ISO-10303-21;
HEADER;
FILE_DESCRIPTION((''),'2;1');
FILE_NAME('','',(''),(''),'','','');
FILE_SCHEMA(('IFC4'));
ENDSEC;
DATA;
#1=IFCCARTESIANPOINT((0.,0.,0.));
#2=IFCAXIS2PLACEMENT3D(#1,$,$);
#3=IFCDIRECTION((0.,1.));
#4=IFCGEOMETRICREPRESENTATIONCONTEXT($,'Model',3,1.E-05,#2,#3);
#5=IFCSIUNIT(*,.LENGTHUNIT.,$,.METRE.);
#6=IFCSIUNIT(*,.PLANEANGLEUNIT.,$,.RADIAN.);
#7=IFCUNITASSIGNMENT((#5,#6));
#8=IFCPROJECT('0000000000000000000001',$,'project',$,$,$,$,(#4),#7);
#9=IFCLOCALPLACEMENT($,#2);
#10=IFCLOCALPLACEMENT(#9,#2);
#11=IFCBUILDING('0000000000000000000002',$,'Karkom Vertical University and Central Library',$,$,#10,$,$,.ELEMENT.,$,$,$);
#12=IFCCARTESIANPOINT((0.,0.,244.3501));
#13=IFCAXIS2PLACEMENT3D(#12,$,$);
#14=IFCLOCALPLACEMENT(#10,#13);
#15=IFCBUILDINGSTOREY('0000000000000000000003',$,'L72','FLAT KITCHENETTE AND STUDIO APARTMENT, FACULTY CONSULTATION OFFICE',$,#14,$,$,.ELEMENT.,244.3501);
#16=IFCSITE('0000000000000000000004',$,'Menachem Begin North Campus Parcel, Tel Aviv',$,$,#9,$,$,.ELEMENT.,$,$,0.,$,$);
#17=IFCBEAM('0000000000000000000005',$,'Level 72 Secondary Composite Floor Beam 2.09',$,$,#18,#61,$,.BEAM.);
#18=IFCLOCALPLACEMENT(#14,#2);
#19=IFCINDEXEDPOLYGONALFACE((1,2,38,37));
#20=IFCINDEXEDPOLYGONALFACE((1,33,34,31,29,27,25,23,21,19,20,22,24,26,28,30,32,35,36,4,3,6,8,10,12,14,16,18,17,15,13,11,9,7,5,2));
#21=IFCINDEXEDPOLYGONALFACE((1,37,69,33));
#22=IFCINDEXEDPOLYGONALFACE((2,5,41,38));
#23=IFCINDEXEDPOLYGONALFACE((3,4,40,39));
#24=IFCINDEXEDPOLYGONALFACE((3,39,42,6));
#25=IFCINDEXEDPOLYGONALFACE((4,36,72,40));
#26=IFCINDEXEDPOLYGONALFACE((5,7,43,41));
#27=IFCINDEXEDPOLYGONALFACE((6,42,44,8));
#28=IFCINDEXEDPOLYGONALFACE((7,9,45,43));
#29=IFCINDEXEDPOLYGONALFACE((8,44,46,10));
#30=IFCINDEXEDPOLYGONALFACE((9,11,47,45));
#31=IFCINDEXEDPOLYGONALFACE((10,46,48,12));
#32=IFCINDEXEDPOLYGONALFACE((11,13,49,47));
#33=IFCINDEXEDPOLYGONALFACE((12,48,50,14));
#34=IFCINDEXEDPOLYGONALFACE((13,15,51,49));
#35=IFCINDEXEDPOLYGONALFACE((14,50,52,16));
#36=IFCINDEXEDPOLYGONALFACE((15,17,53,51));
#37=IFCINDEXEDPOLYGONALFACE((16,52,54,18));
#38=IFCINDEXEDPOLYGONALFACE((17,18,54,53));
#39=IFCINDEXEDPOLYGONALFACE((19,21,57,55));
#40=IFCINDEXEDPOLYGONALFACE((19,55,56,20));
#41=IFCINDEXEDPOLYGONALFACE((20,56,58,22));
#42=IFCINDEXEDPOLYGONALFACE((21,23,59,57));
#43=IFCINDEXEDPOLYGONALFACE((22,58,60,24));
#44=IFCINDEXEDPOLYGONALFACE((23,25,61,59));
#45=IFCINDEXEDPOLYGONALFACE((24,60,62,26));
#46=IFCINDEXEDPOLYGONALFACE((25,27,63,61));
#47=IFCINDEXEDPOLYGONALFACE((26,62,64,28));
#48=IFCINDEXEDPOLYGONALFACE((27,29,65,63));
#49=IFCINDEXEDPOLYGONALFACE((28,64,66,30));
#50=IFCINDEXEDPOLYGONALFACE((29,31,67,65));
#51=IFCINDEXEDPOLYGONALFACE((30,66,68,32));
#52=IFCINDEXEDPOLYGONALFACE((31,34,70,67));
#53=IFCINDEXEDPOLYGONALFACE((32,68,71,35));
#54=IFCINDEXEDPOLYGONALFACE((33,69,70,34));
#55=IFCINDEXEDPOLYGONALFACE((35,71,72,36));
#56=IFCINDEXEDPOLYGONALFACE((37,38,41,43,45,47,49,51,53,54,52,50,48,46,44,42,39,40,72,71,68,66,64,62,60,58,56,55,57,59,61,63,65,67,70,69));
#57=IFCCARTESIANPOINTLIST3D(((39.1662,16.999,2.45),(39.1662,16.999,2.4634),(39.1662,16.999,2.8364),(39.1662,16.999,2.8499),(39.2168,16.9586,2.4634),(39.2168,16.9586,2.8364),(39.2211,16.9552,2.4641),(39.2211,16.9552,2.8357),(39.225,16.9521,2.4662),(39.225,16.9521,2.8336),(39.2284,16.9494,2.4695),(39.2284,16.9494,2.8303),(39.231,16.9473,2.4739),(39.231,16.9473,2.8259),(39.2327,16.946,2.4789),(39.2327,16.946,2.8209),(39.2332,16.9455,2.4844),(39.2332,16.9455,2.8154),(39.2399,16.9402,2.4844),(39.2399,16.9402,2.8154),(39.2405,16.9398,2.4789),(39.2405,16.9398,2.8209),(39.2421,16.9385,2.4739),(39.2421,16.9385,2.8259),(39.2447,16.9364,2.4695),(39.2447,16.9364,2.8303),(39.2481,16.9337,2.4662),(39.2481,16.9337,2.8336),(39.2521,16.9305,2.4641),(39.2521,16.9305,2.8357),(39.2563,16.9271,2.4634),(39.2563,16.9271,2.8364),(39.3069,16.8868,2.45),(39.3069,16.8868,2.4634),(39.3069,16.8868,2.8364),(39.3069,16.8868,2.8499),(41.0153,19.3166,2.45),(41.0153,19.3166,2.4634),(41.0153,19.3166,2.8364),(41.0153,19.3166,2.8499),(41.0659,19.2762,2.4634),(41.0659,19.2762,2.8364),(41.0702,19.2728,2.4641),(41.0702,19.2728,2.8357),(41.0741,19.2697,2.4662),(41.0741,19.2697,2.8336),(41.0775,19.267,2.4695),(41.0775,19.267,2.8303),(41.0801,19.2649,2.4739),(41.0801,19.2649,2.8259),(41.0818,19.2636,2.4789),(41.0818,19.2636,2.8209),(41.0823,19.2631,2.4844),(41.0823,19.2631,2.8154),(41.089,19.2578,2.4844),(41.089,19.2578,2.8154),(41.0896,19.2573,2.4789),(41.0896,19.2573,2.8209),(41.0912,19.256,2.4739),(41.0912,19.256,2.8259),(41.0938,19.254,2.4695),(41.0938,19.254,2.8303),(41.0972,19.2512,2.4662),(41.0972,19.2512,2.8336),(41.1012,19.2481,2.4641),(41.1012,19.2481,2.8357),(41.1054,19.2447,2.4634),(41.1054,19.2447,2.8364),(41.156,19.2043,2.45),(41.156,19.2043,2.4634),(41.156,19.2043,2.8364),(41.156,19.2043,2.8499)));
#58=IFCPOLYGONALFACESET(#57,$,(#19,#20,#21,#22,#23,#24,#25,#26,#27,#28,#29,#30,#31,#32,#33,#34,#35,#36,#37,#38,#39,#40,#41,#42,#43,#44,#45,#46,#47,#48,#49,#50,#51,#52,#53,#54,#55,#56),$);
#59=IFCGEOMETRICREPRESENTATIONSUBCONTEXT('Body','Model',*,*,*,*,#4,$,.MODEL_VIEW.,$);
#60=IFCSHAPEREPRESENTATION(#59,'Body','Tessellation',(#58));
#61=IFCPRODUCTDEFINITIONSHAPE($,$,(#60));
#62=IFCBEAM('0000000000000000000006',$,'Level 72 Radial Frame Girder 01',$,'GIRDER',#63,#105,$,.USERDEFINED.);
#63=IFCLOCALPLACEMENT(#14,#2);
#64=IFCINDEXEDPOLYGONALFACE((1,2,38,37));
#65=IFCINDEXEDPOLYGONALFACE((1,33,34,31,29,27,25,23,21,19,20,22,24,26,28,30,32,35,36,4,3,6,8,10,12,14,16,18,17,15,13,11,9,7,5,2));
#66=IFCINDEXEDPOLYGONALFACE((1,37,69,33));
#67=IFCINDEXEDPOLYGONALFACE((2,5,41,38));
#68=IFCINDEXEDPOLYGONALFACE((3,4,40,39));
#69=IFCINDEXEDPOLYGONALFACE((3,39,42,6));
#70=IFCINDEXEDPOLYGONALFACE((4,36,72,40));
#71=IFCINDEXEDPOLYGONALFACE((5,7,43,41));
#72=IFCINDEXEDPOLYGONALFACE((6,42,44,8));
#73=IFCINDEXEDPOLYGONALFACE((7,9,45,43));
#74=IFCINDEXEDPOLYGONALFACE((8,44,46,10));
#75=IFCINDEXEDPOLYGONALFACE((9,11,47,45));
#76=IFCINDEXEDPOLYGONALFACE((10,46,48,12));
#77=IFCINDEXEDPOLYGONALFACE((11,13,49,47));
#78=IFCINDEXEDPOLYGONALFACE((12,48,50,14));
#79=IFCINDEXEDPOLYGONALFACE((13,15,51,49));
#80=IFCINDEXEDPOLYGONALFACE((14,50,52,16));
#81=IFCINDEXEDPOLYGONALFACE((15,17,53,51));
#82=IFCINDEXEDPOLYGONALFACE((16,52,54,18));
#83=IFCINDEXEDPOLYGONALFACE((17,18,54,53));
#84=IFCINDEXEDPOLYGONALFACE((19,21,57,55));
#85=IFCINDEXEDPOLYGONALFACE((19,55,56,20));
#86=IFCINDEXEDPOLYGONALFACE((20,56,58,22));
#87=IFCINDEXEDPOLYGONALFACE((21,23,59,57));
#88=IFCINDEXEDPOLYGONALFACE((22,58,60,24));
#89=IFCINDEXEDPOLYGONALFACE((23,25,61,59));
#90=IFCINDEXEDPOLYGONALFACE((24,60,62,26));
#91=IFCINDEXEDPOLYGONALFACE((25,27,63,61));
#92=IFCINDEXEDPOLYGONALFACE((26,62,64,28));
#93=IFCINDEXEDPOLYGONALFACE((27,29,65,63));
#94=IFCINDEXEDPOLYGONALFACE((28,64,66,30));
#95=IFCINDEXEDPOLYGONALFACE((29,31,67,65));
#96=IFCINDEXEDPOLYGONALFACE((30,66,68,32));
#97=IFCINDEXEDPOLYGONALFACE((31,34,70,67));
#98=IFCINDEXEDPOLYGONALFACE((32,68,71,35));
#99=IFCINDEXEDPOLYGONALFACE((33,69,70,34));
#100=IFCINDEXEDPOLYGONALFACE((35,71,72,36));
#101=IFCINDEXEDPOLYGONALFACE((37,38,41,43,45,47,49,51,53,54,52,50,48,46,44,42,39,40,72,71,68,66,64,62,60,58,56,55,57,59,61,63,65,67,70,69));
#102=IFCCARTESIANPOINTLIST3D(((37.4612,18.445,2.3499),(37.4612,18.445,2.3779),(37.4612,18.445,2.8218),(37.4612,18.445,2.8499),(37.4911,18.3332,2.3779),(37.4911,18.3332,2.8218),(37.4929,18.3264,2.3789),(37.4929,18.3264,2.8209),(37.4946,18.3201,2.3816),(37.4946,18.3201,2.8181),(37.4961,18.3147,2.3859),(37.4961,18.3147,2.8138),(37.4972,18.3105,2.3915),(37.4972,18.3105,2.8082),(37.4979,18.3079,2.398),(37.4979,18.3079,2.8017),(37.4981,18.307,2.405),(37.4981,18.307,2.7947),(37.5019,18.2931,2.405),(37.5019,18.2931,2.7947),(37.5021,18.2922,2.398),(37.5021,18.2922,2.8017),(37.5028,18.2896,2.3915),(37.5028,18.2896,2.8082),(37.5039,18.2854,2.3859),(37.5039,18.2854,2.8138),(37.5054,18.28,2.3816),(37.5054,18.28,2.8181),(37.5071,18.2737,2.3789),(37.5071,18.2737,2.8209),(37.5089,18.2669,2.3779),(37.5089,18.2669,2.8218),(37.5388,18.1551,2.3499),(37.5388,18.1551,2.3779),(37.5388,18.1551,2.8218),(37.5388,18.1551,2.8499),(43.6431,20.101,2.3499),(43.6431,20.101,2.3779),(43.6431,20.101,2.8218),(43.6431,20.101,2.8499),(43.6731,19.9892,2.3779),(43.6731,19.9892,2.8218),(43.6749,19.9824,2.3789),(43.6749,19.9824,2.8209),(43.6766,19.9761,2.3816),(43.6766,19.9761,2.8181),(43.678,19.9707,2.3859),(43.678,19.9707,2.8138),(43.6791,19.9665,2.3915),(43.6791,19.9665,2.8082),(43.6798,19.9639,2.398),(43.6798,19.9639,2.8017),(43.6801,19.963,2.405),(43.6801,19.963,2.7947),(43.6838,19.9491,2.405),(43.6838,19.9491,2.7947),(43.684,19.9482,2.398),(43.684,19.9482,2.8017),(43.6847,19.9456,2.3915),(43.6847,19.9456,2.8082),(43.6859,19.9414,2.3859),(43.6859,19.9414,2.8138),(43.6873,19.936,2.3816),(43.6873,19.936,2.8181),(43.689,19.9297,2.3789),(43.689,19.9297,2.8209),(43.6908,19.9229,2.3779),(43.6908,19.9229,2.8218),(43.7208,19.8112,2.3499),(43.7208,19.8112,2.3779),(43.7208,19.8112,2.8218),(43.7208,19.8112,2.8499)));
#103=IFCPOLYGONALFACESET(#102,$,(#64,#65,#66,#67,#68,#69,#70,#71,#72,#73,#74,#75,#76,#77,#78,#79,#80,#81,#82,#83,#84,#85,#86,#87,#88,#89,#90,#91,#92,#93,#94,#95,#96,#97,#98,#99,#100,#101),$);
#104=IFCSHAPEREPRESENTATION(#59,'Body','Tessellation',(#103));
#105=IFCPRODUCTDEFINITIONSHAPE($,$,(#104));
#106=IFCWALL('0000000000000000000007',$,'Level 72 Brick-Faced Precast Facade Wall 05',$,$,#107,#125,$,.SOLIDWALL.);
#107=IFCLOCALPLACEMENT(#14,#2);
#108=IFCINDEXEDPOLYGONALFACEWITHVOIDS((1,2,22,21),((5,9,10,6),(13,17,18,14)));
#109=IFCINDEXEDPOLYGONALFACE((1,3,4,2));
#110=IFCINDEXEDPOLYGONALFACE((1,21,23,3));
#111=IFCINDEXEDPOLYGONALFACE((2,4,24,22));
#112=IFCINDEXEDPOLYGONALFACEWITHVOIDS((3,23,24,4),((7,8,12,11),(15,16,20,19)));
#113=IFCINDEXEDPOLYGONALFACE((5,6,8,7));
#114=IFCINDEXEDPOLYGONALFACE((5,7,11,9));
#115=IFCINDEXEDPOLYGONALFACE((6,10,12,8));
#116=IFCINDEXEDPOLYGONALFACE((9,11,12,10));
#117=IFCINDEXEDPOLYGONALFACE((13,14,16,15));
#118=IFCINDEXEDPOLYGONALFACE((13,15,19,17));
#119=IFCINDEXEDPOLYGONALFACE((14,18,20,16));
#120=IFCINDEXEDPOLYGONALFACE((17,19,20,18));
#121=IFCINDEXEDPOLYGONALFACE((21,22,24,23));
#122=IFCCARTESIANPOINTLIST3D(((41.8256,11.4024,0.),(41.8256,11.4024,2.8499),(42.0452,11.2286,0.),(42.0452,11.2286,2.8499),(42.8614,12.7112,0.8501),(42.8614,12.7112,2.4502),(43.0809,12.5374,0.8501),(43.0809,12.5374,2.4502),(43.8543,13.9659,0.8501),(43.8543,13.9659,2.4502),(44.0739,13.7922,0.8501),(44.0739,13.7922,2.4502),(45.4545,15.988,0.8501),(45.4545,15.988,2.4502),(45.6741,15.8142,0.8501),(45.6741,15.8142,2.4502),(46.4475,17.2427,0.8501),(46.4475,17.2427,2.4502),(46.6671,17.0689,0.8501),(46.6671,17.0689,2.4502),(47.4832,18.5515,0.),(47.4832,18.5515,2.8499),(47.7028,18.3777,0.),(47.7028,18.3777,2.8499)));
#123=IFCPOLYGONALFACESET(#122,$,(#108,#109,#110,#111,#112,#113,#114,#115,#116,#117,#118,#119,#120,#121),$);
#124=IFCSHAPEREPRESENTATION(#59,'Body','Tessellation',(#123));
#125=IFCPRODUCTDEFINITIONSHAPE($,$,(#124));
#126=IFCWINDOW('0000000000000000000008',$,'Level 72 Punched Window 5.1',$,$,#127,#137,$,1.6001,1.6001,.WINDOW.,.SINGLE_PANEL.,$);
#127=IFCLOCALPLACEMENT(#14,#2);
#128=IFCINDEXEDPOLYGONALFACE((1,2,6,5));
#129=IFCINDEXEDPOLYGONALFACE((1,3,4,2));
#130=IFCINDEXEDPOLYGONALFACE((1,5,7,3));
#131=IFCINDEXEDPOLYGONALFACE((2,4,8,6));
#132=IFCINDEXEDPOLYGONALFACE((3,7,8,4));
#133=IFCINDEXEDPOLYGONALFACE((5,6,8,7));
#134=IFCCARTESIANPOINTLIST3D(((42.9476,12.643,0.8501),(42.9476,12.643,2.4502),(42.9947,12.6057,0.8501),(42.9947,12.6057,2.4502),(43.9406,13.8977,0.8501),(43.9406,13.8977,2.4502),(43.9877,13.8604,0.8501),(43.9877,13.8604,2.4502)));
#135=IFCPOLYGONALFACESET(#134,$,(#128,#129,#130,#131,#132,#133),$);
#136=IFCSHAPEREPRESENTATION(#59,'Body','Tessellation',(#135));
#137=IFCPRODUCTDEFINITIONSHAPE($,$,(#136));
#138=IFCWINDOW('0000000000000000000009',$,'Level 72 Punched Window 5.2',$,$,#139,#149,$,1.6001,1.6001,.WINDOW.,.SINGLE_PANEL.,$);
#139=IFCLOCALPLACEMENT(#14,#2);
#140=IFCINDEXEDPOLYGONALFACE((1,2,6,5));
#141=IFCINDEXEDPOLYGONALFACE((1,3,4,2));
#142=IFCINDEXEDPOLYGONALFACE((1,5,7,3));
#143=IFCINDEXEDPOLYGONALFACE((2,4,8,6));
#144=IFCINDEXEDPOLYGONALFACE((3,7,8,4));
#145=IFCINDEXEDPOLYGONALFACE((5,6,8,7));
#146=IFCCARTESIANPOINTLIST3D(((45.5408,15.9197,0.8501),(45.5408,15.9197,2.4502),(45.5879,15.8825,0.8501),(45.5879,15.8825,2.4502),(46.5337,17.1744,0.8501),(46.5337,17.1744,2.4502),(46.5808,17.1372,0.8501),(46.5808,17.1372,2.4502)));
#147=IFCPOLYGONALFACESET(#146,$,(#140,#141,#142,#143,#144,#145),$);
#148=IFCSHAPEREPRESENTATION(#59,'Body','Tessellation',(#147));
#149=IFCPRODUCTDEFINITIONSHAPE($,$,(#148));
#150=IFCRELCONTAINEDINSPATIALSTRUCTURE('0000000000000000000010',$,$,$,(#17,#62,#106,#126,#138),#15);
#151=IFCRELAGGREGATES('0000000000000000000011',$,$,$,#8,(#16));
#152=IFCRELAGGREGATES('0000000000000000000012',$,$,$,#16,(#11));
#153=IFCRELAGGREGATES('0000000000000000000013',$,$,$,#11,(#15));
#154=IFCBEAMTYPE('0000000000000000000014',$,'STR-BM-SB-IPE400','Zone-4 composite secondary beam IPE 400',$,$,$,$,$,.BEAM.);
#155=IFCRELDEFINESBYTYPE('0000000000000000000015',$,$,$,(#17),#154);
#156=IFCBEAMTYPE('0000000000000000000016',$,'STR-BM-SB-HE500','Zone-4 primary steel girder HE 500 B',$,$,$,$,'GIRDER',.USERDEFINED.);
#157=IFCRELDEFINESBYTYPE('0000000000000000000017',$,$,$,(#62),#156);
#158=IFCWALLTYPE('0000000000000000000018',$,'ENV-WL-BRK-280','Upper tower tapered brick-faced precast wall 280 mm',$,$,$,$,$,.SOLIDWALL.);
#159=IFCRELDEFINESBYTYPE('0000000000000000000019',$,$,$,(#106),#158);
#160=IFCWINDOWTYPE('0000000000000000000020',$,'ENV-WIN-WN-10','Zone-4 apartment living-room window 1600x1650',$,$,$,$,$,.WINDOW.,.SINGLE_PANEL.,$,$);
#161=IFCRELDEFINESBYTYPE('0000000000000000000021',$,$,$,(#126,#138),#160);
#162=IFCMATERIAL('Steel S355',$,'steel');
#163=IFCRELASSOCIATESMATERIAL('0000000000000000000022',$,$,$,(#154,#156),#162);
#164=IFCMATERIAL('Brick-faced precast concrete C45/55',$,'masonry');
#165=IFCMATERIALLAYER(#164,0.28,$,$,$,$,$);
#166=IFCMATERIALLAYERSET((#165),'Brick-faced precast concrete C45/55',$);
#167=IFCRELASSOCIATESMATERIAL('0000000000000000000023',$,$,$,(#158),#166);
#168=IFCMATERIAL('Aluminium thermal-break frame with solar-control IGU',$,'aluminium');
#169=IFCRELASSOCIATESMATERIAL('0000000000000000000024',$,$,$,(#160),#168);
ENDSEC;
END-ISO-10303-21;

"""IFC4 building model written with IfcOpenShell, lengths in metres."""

from ifc_helpers import new_model, si_unit, direction, frame, frame_2d, origin, origin_with_axes, origin_2d, place, context, subcontext, project, spatial, rectangle, i_section, extrude, source, transform, mapped, material, layer, layer_set, material_profile, profile_set, type_object, element, fill, save


model = new_model("IFC4")

# Units and contexts
model_context = context("Model", 3, precision=1e-05, world=origin(), true_north=direction((0.0, 1.0)))
body_context = subcontext(model_context, "Body", "Model", "MODEL_VIEW")
ifc_project = project(units=[si_unit("LENGTHUNIT", "METRE"), si_unit("PLANEANGLEUNIT", "RADIAN")], contexts=[model_context])

# Site, building, storey
site_placement = place(None, origin())
site = spatial("IfcSite", under=ifc_project, at=site_placement, Name="Menachem Begin North Campus Parcel, Tel Aviv", CompositionType="ELEMENT", RefElevation=0.0)
building_placement = place(site_placement, origin())
building = spatial("IfcBuilding", under=site, at=building_placement, Name="Karkom Vertical University and Central Library", CompositionType="ELEMENT")
storey_placement = place(building_placement, frame((0.0, 0.0, 244.3501)))
storey = spatial("IfcBuildingStorey", under=building, at=storey_placement, Name="L72", Description="FLAT KITCHENETTE AND STUDIO APARTMENT, FACULTY CONSULTATION OFFICE", CompositionType="ELEMENT", Elevation=244.3501)

# Beams
ifc_material_1 = material(Name="Steel S355", Category="steel")
ifc_material_profile_1 = material_profile(ifc_material_1, i_section(OverallWidth=0.1799, OverallDepth=0.3999, WebThickness=0.0085, FlangeThickness=0.0134, FilletRadius=0.021, at=origin_2d()), Name="IPE 400")
ifc_profile_set_1 = profile_set([ifc_material_profile_1], Name="Steel S355")
beam_type_1 = type_object("IfcBeamType", Name="STR-BM-SB-IPE400", Description="Zone-4 composite secondary beam IPE 400", PredefinedType="BEAM", material=ifc_profile_set_1)
shared_shape_1 = source(origin_with_axes(), body_context, "Body", "SweptSolid", [
    extrude(i_section(OverallWidth=0.1799, OverallDepth=0.3999, WebThickness=0.0085, FlangeThickness=0.0134, FilletRadius=0.021, at=origin_2d()), origin(), (0.0, 0.0, 1.0), 2.9648),
])
beam_1_placement = place(storey_placement, frame((39.2366, 16.9429, 2.6499), z_axis=(0.62367, 0.781688, 0.0), x_axis=(-0.781688, 0.62367, 0.0)))
element("IfcBeam", 1, at=beam_1_placement, inside=storey, type_object=beam_type_1, Name="Level 72 Secondary Composite Floor Beam 2.09", PredefinedType="BEAM", context=body_context, shape_type="MappedRepresentation", body=[
    mapped(shared_shape_1, transform((0.0, 0.0, 0.0), scale=1.0)),
])
ifc_material_profile_2 = material_profile(ifc_material_1, i_section(OverallWidth=0.3, OverallDepth=0.5, WebThickness=0.0144, FlangeThickness=0.0281, FilletRadius=0.0271, at=origin_2d()), Name="HE 500 B")
ifc_profile_set_2 = profile_set([ifc_material_profile_2], Name="Steel S355")
beam_type_2 = type_object("IfcBeamType", Name="STR-BM-SB-HE500", Description="Zone-4 primary steel girder HE 500 B", ElementType="GIRDER", PredefinedType="USERDEFINED", material=ifc_profile_set_2)
shared_shape_2 = source(origin_with_axes(), body_context, "Body", "SweptSolid", [
    extrude(i_section(OverallWidth=0.3, OverallDepth=0.5, WebThickness=0.0144, FlangeThickness=0.0281, FilletRadius=0.0271, at=origin_2d()), origin(), (0.0, 0.0, 1.0), 6.3999),
])
beam_2_placement = place(storey_placement, frame((37.5, 18.3, 2.5999), z_axis=(0.965942, 0.258757, 0.0), x_axis=(-0.258757, 0.965942, 0.0)))
element("IfcBeam", 2, at=beam_2_placement, inside=storey, type_object=beam_type_2, Name="Level 72 Radial Frame Girder 01", ObjectType="GIRDER", PredefinedType="USERDEFINED", context=body_context, shape_type="MappedRepresentation", body=[
    mapped(shared_shape_2, transform((0.0, 0.0, 0.0), scale=1.0)),
])

# Wall, openings, windows
ifc_material_2 = material(Name="Brick-faced precast concrete C45/55", Category="masonry")
ifc_layer_1 = layer(ifc_material_2, 0.28)
ifc_layer_set_1 = layer_set([ifc_layer_1], Name="Brick-faced precast concrete C45/55")
wall_type_1 = type_object("IfcWallType", Name="ENV-WL-BRK-280", Description="Upper tower tapered brick-faced precast wall 280 mm", PredefinedType="SOLIDWALL", material=ifc_layer_set_1)
wall_1_placement = place(storey_placement, frame((41.9353, 11.3154, 0.0), z_axis=(0.0, 0.0, 1.0), x_axis=(0.620565, 0.784155, 0.0)))
wall_1 = element("IfcWall", 3, at=wall_1_placement, inside=storey, type_object=wall_type_1, Name="Level 72 Brick-Faced Precast Facade Wall 05", PredefinedType="SOLIDWALL", context=body_context, shape_type="SweptSolid", body=[
    extrude(rectangle(XDim=9.1169, YDim=0.28, at=frame_2d((4.5586, 0.0))), origin(), (0.0, 0.0, 1.0), 2.8499),
])
opening_1_placement = place(wall_1_placement, frame((1.6692, 0.0, 0.8501)))
opening_1 = element("IfcOpeningElement", 4, at=opening_1_placement, cuts=wall_1, PredefinedType="OPENING", context=body_context, shape_type="SweptSolid", body=[
    extrude(rectangle(XDim=1.6001, YDim=1.6001, at=frame_2d((0.8, 0.8))), frame((0.0, 0.1499, 0.0), z_axis=(0.0, -1.0, 0.0), x_axis=(1.0, 0.0, 0.0)), (0.0, 0.0, 1.0), 0.3),
])
opening_2_placement = place(wall_1_placement, frame((5.8479, 0.0, 0.8501)))
opening_2 = element("IfcOpeningElement", 5, at=opening_2_placement, cuts=wall_1, PredefinedType="OPENING", context=body_context, shape_type="SweptSolid", body=[
    extrude(rectangle(XDim=1.6001, YDim=1.6001, at=frame_2d((0.8, 0.8))), frame((0.0, 0.1499, 0.0), z_axis=(0.0, -1.0, 0.0), x_axis=(1.0, 0.0, 0.0)), (0.0, 0.0, 1.0), 0.3),
])
ifc_material_3 = material(Name="Aluminium thermal-break frame with solar-control IGU", Category="aluminium")
window_type = type_object("IfcWindowType", Name="ENV-WIN-WN-10", Description="Zone-4 apartment living-room window 1600x1650", PartitioningType="SINGLE_PANEL", PredefinedType="WINDOW", material=ifc_material_3)
shared_shape_3 = source(origin_with_axes(), body_context, "Body", "SweptSolid", [
    extrude(rectangle(XDim=1.6001, YDim=1.6001, at=frame_2d((0.8, 0.8))), frame((0.0, 0.03, 0.0), z_axis=(0.0, -1.0, 0.0), x_axis=(1.0, 0.0, 0.0)), (0.0, 0.0, 1.0), 0.0601),
])
window_1_placement = place(opening_1_placement, origin())
window_1 = element("IfcWindow", 6, at=window_1_placement, inside=storey, type_object=window_type, Name="Level 72 Punched Window 5.1", OverallHeight=1.6001, OverallWidth=1.6001, PartitioningType="SINGLE_PANEL", PredefinedType="WINDOW", context=body_context, shape_type="MappedRepresentation", body=[
    mapped(shared_shape_3, transform((0.0, 0.0, 0.0), scale=1.0)),
])
fill(opening_1, window_1)
window_2_placement = place(opening_2_placement, origin())
window_2 = element("IfcWindow", 7, at=window_2_placement, inside=storey, type_object=window_type, Name="Level 72 Punched Window 5.2", OverallHeight=1.6001, OverallWidth=1.6001, PartitioningType="SINGLE_PANEL", PredefinedType="WINDOW", context=body_context, shape_type="MappedRepresentation", body=[
    mapped(shared_shape_3, transform((0.0, 0.0, 0.0), scale=1.0)),
])
fill(opening_2, window_2)

save(model, "model.ifc")
